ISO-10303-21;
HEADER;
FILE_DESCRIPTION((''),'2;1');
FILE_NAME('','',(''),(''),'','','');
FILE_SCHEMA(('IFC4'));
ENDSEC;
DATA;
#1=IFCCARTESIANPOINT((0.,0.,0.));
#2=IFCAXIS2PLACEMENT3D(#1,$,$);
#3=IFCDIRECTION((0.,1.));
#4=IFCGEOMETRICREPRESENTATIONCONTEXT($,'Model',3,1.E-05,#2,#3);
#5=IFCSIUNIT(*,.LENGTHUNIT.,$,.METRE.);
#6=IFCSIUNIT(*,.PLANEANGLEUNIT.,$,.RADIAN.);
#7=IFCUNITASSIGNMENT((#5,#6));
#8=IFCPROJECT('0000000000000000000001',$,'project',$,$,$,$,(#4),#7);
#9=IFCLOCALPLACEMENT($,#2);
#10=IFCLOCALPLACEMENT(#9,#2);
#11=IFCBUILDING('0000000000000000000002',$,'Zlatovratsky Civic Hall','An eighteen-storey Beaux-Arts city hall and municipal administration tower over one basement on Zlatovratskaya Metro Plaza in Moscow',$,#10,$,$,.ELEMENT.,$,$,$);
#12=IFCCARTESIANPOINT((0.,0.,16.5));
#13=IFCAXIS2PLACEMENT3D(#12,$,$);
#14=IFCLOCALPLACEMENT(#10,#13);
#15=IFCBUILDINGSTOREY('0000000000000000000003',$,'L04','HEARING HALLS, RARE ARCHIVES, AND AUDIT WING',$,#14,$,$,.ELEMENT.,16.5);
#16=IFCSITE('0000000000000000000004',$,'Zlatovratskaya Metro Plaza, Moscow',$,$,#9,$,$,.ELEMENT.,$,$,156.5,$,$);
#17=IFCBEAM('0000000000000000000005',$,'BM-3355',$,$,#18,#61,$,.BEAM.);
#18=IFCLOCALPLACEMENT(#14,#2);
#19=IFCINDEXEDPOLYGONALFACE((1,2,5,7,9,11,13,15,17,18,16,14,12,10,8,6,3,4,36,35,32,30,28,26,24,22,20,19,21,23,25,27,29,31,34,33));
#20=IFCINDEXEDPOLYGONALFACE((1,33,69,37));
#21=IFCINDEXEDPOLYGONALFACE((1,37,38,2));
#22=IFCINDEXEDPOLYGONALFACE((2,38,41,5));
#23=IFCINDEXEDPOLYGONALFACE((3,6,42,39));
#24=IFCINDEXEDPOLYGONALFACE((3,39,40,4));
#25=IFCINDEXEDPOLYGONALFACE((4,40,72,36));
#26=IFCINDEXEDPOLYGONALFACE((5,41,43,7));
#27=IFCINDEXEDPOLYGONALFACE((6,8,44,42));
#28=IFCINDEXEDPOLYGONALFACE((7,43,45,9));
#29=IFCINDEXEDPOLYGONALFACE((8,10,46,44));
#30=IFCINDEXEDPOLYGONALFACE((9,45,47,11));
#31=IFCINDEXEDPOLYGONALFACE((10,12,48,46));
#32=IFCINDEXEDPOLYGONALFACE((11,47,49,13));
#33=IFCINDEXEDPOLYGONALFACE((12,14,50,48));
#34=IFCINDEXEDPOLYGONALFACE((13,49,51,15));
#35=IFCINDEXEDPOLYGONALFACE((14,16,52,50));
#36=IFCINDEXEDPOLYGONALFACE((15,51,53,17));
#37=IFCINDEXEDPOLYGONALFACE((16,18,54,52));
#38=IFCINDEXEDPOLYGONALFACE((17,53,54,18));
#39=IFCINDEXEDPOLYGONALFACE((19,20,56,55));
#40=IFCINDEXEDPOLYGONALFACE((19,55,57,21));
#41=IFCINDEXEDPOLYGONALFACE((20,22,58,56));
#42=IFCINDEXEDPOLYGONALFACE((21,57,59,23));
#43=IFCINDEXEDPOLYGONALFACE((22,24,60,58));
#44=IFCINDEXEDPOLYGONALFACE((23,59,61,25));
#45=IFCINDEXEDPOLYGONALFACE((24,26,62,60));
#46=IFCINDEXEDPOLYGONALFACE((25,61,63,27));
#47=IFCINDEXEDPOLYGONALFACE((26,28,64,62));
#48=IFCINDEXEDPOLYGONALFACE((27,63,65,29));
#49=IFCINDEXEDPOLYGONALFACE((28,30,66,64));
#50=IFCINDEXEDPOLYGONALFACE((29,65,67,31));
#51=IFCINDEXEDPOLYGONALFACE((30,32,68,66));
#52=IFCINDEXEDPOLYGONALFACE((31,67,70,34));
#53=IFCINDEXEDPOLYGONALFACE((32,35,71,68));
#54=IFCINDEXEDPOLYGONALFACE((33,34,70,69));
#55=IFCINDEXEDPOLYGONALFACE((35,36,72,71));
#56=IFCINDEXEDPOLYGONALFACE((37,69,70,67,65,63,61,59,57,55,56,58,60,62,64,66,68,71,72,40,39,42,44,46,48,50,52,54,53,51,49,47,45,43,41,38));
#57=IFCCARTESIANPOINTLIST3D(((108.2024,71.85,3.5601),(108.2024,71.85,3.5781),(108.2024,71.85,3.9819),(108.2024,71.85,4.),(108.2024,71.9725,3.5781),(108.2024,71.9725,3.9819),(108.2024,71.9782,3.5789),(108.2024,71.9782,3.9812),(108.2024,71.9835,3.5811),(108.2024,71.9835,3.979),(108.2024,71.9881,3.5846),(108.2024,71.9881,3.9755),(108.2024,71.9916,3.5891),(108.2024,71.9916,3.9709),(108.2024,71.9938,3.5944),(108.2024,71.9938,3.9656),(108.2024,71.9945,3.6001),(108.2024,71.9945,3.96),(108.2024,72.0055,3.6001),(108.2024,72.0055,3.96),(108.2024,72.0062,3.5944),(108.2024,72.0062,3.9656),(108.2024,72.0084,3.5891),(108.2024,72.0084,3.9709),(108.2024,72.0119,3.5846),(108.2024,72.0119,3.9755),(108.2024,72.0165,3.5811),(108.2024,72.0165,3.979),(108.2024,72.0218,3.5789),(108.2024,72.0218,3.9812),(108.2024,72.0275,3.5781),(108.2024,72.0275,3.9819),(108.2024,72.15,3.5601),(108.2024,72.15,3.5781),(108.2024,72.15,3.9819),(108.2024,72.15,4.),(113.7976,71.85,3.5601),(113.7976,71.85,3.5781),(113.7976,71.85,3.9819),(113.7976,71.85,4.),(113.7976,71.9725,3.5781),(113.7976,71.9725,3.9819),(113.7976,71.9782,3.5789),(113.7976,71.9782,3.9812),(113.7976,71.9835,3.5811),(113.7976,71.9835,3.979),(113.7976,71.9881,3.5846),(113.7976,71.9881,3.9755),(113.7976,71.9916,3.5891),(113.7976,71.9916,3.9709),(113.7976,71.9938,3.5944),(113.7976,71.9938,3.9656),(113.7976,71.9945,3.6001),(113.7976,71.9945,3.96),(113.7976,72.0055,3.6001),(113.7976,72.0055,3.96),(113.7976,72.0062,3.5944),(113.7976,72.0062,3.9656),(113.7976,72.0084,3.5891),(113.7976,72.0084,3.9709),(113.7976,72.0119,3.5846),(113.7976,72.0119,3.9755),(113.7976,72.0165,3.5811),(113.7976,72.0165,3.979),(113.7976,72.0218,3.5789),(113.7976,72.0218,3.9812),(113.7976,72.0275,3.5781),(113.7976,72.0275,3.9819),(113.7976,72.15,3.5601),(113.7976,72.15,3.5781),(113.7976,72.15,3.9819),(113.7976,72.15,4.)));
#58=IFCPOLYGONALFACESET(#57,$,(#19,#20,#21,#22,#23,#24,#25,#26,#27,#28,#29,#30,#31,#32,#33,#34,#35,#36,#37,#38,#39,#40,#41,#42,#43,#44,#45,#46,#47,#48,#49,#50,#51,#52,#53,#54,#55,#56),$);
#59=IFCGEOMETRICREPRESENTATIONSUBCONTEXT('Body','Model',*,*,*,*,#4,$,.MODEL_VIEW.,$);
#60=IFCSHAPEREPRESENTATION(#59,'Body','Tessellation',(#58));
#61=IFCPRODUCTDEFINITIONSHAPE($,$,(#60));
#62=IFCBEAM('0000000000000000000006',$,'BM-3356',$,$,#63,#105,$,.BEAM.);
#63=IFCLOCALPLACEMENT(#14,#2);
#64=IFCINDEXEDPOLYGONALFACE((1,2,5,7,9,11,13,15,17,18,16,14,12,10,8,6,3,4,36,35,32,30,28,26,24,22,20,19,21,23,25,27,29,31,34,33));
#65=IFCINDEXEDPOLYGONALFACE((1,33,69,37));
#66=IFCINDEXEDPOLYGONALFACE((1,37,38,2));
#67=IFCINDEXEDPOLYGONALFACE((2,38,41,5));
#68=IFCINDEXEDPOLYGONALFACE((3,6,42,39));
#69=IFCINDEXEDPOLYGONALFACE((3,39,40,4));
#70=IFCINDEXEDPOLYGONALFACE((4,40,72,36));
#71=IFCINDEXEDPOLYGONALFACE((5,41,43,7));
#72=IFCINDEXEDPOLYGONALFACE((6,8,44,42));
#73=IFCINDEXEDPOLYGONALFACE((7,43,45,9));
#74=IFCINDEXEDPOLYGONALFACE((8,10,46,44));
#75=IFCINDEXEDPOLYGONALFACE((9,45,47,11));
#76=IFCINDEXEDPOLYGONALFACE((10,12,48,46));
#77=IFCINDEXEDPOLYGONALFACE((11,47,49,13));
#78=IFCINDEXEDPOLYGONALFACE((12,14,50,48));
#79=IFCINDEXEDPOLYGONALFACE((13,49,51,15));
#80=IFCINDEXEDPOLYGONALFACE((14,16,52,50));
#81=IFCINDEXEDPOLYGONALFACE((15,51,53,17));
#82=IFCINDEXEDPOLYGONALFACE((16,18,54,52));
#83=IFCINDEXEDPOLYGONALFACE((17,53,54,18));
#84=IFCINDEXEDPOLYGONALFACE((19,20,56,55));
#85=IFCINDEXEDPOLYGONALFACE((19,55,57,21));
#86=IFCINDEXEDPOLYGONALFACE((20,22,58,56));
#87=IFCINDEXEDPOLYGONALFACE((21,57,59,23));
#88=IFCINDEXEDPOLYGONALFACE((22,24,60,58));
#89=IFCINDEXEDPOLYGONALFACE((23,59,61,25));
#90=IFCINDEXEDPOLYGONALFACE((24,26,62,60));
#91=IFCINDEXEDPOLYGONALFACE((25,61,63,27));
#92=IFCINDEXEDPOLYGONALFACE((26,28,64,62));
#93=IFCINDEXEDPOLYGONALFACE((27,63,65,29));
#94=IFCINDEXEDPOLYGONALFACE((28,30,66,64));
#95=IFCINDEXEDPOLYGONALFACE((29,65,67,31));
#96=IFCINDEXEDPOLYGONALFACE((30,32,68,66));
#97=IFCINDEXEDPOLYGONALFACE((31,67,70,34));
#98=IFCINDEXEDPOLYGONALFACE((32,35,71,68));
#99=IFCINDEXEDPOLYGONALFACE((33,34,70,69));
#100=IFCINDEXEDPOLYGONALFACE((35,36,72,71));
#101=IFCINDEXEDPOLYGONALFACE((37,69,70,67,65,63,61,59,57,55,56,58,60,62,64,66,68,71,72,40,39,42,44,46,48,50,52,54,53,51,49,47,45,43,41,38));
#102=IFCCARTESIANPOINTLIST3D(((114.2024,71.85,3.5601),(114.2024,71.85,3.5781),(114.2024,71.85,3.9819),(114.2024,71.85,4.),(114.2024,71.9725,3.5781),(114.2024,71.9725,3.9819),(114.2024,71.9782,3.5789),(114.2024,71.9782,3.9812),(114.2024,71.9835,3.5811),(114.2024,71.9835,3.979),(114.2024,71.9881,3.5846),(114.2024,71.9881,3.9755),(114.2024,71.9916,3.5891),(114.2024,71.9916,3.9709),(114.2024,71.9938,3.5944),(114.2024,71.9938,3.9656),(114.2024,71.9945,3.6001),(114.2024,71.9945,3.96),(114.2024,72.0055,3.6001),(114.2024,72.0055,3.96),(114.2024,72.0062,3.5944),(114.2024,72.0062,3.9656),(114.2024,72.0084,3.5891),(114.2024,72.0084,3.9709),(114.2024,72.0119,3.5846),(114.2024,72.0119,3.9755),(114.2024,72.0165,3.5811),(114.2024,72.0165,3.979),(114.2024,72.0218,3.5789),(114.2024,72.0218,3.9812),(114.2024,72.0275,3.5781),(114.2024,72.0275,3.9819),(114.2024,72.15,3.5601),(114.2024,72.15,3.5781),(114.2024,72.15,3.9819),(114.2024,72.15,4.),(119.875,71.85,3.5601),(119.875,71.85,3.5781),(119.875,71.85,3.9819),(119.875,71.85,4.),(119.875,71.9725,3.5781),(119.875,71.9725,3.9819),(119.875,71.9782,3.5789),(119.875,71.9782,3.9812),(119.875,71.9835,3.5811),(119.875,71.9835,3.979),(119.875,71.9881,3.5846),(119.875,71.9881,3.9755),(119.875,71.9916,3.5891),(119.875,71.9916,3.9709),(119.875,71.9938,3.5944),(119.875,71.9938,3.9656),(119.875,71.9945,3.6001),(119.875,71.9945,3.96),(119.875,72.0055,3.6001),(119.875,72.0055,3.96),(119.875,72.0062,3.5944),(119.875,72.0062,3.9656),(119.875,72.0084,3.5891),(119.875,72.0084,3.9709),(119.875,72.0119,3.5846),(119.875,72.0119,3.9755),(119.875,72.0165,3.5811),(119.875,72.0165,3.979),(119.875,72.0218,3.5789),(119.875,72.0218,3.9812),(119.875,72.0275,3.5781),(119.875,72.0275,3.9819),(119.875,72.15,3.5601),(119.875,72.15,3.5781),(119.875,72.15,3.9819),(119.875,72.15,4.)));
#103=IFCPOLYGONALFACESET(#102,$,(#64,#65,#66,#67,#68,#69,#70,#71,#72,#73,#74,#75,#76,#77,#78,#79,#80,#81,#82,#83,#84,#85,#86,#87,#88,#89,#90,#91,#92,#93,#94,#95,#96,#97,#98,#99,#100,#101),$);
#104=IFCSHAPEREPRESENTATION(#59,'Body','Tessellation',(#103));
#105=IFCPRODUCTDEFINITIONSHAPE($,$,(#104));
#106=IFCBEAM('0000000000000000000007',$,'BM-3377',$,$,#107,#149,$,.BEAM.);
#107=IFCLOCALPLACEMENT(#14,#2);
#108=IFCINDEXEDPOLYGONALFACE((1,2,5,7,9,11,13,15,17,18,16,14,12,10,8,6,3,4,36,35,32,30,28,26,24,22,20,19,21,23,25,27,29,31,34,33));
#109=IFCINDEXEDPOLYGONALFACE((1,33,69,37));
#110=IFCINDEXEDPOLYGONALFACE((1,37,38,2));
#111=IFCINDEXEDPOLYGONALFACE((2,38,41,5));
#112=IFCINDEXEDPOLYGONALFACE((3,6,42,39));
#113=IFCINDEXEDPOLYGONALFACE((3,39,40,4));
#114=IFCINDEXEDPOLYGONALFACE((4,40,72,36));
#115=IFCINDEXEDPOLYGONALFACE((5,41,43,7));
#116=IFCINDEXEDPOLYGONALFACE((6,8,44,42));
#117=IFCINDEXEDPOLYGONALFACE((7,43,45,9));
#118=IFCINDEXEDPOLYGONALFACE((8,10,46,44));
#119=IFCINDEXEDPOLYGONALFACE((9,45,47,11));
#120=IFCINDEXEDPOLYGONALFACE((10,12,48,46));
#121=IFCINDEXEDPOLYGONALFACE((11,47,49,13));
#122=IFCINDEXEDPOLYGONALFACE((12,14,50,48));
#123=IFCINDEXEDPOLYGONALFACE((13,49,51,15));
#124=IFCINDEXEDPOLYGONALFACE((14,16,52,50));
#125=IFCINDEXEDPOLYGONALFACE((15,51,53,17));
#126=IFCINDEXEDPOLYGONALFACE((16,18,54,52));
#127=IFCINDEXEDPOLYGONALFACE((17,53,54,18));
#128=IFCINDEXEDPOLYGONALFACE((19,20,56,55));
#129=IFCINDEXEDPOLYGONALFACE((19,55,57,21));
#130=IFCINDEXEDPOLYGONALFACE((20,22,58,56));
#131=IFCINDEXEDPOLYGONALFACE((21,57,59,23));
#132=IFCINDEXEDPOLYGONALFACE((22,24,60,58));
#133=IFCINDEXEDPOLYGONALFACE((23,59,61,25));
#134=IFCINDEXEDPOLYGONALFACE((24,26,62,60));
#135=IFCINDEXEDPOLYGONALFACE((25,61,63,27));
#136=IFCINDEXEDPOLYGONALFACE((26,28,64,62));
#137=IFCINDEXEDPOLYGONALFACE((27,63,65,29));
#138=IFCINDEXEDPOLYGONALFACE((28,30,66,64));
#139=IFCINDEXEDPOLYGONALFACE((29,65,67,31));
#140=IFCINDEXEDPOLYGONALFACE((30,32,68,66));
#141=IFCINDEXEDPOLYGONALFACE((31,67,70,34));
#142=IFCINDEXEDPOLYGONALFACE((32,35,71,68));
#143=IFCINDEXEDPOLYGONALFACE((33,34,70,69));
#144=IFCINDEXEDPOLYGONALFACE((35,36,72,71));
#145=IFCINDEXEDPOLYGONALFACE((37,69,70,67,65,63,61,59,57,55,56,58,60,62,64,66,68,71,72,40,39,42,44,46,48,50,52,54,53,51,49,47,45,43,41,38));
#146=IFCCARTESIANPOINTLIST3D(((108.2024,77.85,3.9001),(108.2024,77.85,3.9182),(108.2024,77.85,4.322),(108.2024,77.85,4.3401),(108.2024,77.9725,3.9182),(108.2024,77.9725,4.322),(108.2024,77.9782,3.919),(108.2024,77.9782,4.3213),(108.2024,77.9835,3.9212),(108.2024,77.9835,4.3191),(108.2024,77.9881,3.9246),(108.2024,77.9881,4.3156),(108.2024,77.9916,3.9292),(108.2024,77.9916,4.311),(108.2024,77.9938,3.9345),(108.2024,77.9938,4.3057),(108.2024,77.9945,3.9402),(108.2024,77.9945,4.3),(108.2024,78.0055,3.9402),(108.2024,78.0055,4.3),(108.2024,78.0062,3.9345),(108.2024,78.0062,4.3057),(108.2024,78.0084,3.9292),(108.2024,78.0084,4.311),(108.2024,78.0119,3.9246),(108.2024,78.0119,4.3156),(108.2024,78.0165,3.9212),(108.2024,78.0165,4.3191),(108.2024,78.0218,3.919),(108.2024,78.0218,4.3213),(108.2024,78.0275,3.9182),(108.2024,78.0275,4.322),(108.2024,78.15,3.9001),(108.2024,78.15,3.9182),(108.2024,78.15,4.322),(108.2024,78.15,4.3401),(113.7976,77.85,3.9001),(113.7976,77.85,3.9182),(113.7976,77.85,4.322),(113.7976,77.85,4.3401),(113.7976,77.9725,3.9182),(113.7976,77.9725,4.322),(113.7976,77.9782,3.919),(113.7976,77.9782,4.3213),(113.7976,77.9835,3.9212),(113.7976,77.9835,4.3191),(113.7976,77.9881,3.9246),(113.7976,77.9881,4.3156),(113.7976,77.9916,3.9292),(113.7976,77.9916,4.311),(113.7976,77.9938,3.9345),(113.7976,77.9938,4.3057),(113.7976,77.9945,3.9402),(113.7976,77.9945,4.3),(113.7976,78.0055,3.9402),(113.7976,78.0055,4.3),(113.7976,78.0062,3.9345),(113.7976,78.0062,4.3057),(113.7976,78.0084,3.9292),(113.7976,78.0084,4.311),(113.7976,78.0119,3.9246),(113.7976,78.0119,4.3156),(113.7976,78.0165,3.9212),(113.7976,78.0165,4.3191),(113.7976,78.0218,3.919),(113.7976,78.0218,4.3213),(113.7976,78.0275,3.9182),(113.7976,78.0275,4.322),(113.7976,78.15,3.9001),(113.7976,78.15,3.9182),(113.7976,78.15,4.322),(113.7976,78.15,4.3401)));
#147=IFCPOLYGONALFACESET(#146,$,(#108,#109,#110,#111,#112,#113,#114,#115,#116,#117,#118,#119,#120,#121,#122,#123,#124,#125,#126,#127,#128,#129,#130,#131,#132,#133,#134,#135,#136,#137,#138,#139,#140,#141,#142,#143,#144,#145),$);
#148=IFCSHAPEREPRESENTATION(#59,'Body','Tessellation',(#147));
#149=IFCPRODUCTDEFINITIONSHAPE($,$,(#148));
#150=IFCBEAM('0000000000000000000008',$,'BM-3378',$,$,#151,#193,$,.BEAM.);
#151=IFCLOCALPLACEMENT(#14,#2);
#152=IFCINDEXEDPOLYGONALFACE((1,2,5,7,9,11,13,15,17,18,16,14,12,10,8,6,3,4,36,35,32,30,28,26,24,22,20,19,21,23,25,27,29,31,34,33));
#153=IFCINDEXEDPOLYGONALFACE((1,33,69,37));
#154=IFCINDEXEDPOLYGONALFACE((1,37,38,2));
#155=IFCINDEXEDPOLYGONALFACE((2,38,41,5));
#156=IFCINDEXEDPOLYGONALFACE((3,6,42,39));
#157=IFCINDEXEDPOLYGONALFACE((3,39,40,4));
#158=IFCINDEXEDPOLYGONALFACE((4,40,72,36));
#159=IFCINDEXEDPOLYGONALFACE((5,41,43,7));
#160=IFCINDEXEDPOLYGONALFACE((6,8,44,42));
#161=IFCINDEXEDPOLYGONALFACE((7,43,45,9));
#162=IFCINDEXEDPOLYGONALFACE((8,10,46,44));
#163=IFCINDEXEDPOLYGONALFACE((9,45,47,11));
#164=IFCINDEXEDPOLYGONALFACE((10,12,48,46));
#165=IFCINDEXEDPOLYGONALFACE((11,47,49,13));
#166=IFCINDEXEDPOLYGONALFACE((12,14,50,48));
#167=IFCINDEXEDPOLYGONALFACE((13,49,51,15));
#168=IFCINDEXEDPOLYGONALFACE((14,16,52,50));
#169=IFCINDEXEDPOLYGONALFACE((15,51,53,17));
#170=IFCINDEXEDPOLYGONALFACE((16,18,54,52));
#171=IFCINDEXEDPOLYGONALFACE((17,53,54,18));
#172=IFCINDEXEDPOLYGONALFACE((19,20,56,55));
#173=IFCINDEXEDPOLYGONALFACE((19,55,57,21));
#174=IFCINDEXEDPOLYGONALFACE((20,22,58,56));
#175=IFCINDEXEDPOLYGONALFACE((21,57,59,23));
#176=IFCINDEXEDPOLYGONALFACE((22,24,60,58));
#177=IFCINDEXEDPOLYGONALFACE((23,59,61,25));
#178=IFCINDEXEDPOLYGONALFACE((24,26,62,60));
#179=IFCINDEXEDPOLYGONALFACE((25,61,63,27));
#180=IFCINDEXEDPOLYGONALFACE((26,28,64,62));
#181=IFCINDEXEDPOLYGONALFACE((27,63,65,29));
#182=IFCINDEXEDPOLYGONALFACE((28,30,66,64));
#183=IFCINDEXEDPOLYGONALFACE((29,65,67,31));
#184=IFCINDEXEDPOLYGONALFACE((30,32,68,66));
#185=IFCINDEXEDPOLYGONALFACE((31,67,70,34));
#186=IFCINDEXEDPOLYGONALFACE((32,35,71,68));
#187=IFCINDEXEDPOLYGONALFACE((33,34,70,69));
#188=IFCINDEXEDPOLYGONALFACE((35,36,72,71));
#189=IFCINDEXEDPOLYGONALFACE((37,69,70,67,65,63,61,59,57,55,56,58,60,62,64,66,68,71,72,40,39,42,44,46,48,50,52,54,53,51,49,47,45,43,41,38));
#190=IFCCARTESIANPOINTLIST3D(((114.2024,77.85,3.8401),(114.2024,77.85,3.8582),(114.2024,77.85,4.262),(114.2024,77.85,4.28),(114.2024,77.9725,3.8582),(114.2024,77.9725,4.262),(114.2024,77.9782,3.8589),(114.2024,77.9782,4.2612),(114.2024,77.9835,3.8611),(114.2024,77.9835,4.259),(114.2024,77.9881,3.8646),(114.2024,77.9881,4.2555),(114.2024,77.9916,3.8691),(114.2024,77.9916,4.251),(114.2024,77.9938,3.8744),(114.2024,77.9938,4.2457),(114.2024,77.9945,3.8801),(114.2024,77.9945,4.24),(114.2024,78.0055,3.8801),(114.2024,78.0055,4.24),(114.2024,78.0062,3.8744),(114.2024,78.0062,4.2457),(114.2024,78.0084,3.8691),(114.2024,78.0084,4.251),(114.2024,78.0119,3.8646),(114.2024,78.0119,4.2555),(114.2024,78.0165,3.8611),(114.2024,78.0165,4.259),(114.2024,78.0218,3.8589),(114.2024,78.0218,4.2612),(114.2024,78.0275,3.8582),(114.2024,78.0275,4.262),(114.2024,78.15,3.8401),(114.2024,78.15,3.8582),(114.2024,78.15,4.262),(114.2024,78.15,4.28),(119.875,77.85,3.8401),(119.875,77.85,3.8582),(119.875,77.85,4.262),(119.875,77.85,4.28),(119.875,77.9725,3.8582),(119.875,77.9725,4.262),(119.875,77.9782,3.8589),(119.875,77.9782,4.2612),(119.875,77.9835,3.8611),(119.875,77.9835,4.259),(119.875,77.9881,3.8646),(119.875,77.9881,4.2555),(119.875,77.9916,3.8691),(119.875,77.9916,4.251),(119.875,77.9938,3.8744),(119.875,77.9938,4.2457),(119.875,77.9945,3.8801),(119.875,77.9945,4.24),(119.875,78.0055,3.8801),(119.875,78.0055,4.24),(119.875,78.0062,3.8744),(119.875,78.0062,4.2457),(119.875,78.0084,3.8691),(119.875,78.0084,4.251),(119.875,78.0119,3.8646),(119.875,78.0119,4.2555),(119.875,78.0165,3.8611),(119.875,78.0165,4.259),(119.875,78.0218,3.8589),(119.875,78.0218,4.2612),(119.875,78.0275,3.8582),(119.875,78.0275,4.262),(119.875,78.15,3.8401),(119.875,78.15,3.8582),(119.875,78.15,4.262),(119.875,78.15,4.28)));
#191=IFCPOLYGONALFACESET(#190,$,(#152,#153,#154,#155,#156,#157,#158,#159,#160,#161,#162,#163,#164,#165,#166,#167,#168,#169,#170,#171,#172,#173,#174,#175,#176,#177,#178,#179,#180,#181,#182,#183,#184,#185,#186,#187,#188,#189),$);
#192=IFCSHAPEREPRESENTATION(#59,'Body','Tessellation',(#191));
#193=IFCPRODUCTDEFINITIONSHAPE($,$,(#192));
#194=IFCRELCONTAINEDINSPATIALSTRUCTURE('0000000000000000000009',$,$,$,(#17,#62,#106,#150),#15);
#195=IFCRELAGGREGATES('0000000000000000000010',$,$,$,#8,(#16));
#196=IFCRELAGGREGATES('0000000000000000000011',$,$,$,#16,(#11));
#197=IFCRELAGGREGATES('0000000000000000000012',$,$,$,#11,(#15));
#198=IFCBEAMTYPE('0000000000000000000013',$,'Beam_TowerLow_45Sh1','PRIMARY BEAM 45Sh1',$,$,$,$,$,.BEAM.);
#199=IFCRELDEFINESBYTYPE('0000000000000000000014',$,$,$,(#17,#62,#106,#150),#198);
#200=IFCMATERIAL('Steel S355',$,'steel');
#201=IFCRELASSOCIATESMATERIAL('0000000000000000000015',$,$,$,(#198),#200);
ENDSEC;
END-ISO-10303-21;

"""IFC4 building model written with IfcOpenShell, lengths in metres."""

from ifc_helpers import new_model, si_unit, direction, frame, origin, origin_2d, place, context, subcontext, project, spatial, i_section, extrude, material, material_profile, profile_set, type_object, element, save


model = new_model("IFC4")

# Units and contexts
model_context = context("Model", 3, precision=1e-05, world=origin(), true_north=direction((0.0, 1.0)))
body_context = subcontext(model_context, "Body", "Model", "MODEL_VIEW")
ifc_project = project(units=[si_unit("LENGTHUNIT", "METRE"), si_unit("PLANEANGLEUNIT", "RADIAN")], contexts=[model_context])

# Site, building, storey
site_placement = place(None, origin())
site = spatial("IfcSite", under=ifc_project, at=site_placement, Name="Zlatovratskaya Metro Plaza, Moscow", CompositionType="ELEMENT", RefElevation=156.5)
building_placement = place(site_placement, origin())
building = spatial("IfcBuilding", under=site, at=building_placement, Name="Zlatovratsky Civic Hall", Description="An eighteen-storey Beaux-Arts city hall and municipal administration tower over one basement on Zlatovratskaya Metro Plaza in Moscow", CompositionType="ELEMENT")
storey_placement = place(building_placement, frame((0.0, 0.0, 16.5)))
storey = spatial("IfcBuildingStorey", under=building, at=storey_placement, Name="L04", Description="HEARING HALLS, RARE ARCHIVES, AND AUDIT WING", CompositionType="ELEMENT", Elevation=16.5)

# Shared definitions
ifc_material_1 = material(Name="Steel S355", Category="steel")

# Beams
ifc_material_profile_1 = material_profile(ifc_material_1, i_section(OverallWidth=0.3, OverallDepth=0.4399, WebThickness=0.011, FlangeThickness=0.0181, FilletRadius=0.022, at=origin_2d()), Name="45Sh1")
ifc_profile_set_1 = profile_set([ifc_material_profile_1], Name="Steel S355")
beam_type_1 = type_object("IfcBeamType", Name="Beam_TowerLow_45Sh1", Description="PRIMARY BEAM 45Sh1", PredefinedType="BEAM", material=ifc_profile_set_1)
beam_1_placement = place(storey_placement, frame((108.2024, 72.0, 3.78), z_axis=(1.0, 0.0, 0.0), x_axis=(0.0, 1.0, 0.0)))
element("IfcBeam", 1, at=beam_1_placement, inside=storey, type_object=beam_type_1, Name="BM-3355", PredefinedType="BEAM", context=body_context, shape_type="SweptSolid", body=[
    extrude(i_section(OverallWidth=0.3, OverallDepth=0.4399, WebThickness=0.011, FlangeThickness=0.0181, FilletRadius=0.022, at=origin_2d()), origin(), (0.0, 0.0, 1.0), 5.5952),
])
beam_2_placement = place(storey_placement, frame((114.2024, 72.0, 3.78), z_axis=(1.0, 0.0, 0.0), x_axis=(0.0, 1.0, 0.0)))
element("IfcBeam", 2, at=beam_2_placement, inside=storey, type_object=beam_type_1, Name="BM-3356", PredefinedType="BEAM", context=body_context, shape_type="SweptSolid", body=[
    extrude(i_section(OverallWidth=0.3, OverallDepth=0.4399, WebThickness=0.011, FlangeThickness=0.0181, FilletRadius=0.022, at=origin_2d()), origin(), (0.0, 0.0, 1.0), 5.6726),
])
beam_3_placement = place(storey_placement, frame((108.2024, 78.0, 4.1201), z_axis=(1.0, 0.0, 0.0), x_axis=(0.0, 1.0, 0.0)))
element("IfcBeam", 3, at=beam_3_placement, inside=storey, type_object=beam_type_1, Name="BM-3377", PredefinedType="BEAM", context=body_context, shape_type="SweptSolid", body=[
    extrude(i_section(OverallWidth=0.3, OverallDepth=0.4399, WebThickness=0.011, FlangeThickness=0.0181, FilletRadius=0.022, at=origin_2d()), origin(), (0.0, 0.0, 1.0), 5.5952),
])
beam_4_placement = place(storey_placement, frame((114.2024, 78.0, 4.0601), z_axis=(1.0, 0.0, 0.0), x_axis=(0.0, 1.0, 0.0)))
element("IfcBeam", 4, at=beam_4_placement, inside=storey, type_object=beam_type_1, Name="BM-3378", PredefinedType="BEAM", context=body_context, shape_type="SweptSolid", body=[
    extrude(i_section(OverallWidth=0.3, OverallDepth=0.4399, WebThickness=0.011, FlangeThickness=0.0181, FilletRadius=0.022, at=origin_2d()), origin(), (0.0, 0.0, 1.0), 5.6726),
])

save(model, "model.ifc")
